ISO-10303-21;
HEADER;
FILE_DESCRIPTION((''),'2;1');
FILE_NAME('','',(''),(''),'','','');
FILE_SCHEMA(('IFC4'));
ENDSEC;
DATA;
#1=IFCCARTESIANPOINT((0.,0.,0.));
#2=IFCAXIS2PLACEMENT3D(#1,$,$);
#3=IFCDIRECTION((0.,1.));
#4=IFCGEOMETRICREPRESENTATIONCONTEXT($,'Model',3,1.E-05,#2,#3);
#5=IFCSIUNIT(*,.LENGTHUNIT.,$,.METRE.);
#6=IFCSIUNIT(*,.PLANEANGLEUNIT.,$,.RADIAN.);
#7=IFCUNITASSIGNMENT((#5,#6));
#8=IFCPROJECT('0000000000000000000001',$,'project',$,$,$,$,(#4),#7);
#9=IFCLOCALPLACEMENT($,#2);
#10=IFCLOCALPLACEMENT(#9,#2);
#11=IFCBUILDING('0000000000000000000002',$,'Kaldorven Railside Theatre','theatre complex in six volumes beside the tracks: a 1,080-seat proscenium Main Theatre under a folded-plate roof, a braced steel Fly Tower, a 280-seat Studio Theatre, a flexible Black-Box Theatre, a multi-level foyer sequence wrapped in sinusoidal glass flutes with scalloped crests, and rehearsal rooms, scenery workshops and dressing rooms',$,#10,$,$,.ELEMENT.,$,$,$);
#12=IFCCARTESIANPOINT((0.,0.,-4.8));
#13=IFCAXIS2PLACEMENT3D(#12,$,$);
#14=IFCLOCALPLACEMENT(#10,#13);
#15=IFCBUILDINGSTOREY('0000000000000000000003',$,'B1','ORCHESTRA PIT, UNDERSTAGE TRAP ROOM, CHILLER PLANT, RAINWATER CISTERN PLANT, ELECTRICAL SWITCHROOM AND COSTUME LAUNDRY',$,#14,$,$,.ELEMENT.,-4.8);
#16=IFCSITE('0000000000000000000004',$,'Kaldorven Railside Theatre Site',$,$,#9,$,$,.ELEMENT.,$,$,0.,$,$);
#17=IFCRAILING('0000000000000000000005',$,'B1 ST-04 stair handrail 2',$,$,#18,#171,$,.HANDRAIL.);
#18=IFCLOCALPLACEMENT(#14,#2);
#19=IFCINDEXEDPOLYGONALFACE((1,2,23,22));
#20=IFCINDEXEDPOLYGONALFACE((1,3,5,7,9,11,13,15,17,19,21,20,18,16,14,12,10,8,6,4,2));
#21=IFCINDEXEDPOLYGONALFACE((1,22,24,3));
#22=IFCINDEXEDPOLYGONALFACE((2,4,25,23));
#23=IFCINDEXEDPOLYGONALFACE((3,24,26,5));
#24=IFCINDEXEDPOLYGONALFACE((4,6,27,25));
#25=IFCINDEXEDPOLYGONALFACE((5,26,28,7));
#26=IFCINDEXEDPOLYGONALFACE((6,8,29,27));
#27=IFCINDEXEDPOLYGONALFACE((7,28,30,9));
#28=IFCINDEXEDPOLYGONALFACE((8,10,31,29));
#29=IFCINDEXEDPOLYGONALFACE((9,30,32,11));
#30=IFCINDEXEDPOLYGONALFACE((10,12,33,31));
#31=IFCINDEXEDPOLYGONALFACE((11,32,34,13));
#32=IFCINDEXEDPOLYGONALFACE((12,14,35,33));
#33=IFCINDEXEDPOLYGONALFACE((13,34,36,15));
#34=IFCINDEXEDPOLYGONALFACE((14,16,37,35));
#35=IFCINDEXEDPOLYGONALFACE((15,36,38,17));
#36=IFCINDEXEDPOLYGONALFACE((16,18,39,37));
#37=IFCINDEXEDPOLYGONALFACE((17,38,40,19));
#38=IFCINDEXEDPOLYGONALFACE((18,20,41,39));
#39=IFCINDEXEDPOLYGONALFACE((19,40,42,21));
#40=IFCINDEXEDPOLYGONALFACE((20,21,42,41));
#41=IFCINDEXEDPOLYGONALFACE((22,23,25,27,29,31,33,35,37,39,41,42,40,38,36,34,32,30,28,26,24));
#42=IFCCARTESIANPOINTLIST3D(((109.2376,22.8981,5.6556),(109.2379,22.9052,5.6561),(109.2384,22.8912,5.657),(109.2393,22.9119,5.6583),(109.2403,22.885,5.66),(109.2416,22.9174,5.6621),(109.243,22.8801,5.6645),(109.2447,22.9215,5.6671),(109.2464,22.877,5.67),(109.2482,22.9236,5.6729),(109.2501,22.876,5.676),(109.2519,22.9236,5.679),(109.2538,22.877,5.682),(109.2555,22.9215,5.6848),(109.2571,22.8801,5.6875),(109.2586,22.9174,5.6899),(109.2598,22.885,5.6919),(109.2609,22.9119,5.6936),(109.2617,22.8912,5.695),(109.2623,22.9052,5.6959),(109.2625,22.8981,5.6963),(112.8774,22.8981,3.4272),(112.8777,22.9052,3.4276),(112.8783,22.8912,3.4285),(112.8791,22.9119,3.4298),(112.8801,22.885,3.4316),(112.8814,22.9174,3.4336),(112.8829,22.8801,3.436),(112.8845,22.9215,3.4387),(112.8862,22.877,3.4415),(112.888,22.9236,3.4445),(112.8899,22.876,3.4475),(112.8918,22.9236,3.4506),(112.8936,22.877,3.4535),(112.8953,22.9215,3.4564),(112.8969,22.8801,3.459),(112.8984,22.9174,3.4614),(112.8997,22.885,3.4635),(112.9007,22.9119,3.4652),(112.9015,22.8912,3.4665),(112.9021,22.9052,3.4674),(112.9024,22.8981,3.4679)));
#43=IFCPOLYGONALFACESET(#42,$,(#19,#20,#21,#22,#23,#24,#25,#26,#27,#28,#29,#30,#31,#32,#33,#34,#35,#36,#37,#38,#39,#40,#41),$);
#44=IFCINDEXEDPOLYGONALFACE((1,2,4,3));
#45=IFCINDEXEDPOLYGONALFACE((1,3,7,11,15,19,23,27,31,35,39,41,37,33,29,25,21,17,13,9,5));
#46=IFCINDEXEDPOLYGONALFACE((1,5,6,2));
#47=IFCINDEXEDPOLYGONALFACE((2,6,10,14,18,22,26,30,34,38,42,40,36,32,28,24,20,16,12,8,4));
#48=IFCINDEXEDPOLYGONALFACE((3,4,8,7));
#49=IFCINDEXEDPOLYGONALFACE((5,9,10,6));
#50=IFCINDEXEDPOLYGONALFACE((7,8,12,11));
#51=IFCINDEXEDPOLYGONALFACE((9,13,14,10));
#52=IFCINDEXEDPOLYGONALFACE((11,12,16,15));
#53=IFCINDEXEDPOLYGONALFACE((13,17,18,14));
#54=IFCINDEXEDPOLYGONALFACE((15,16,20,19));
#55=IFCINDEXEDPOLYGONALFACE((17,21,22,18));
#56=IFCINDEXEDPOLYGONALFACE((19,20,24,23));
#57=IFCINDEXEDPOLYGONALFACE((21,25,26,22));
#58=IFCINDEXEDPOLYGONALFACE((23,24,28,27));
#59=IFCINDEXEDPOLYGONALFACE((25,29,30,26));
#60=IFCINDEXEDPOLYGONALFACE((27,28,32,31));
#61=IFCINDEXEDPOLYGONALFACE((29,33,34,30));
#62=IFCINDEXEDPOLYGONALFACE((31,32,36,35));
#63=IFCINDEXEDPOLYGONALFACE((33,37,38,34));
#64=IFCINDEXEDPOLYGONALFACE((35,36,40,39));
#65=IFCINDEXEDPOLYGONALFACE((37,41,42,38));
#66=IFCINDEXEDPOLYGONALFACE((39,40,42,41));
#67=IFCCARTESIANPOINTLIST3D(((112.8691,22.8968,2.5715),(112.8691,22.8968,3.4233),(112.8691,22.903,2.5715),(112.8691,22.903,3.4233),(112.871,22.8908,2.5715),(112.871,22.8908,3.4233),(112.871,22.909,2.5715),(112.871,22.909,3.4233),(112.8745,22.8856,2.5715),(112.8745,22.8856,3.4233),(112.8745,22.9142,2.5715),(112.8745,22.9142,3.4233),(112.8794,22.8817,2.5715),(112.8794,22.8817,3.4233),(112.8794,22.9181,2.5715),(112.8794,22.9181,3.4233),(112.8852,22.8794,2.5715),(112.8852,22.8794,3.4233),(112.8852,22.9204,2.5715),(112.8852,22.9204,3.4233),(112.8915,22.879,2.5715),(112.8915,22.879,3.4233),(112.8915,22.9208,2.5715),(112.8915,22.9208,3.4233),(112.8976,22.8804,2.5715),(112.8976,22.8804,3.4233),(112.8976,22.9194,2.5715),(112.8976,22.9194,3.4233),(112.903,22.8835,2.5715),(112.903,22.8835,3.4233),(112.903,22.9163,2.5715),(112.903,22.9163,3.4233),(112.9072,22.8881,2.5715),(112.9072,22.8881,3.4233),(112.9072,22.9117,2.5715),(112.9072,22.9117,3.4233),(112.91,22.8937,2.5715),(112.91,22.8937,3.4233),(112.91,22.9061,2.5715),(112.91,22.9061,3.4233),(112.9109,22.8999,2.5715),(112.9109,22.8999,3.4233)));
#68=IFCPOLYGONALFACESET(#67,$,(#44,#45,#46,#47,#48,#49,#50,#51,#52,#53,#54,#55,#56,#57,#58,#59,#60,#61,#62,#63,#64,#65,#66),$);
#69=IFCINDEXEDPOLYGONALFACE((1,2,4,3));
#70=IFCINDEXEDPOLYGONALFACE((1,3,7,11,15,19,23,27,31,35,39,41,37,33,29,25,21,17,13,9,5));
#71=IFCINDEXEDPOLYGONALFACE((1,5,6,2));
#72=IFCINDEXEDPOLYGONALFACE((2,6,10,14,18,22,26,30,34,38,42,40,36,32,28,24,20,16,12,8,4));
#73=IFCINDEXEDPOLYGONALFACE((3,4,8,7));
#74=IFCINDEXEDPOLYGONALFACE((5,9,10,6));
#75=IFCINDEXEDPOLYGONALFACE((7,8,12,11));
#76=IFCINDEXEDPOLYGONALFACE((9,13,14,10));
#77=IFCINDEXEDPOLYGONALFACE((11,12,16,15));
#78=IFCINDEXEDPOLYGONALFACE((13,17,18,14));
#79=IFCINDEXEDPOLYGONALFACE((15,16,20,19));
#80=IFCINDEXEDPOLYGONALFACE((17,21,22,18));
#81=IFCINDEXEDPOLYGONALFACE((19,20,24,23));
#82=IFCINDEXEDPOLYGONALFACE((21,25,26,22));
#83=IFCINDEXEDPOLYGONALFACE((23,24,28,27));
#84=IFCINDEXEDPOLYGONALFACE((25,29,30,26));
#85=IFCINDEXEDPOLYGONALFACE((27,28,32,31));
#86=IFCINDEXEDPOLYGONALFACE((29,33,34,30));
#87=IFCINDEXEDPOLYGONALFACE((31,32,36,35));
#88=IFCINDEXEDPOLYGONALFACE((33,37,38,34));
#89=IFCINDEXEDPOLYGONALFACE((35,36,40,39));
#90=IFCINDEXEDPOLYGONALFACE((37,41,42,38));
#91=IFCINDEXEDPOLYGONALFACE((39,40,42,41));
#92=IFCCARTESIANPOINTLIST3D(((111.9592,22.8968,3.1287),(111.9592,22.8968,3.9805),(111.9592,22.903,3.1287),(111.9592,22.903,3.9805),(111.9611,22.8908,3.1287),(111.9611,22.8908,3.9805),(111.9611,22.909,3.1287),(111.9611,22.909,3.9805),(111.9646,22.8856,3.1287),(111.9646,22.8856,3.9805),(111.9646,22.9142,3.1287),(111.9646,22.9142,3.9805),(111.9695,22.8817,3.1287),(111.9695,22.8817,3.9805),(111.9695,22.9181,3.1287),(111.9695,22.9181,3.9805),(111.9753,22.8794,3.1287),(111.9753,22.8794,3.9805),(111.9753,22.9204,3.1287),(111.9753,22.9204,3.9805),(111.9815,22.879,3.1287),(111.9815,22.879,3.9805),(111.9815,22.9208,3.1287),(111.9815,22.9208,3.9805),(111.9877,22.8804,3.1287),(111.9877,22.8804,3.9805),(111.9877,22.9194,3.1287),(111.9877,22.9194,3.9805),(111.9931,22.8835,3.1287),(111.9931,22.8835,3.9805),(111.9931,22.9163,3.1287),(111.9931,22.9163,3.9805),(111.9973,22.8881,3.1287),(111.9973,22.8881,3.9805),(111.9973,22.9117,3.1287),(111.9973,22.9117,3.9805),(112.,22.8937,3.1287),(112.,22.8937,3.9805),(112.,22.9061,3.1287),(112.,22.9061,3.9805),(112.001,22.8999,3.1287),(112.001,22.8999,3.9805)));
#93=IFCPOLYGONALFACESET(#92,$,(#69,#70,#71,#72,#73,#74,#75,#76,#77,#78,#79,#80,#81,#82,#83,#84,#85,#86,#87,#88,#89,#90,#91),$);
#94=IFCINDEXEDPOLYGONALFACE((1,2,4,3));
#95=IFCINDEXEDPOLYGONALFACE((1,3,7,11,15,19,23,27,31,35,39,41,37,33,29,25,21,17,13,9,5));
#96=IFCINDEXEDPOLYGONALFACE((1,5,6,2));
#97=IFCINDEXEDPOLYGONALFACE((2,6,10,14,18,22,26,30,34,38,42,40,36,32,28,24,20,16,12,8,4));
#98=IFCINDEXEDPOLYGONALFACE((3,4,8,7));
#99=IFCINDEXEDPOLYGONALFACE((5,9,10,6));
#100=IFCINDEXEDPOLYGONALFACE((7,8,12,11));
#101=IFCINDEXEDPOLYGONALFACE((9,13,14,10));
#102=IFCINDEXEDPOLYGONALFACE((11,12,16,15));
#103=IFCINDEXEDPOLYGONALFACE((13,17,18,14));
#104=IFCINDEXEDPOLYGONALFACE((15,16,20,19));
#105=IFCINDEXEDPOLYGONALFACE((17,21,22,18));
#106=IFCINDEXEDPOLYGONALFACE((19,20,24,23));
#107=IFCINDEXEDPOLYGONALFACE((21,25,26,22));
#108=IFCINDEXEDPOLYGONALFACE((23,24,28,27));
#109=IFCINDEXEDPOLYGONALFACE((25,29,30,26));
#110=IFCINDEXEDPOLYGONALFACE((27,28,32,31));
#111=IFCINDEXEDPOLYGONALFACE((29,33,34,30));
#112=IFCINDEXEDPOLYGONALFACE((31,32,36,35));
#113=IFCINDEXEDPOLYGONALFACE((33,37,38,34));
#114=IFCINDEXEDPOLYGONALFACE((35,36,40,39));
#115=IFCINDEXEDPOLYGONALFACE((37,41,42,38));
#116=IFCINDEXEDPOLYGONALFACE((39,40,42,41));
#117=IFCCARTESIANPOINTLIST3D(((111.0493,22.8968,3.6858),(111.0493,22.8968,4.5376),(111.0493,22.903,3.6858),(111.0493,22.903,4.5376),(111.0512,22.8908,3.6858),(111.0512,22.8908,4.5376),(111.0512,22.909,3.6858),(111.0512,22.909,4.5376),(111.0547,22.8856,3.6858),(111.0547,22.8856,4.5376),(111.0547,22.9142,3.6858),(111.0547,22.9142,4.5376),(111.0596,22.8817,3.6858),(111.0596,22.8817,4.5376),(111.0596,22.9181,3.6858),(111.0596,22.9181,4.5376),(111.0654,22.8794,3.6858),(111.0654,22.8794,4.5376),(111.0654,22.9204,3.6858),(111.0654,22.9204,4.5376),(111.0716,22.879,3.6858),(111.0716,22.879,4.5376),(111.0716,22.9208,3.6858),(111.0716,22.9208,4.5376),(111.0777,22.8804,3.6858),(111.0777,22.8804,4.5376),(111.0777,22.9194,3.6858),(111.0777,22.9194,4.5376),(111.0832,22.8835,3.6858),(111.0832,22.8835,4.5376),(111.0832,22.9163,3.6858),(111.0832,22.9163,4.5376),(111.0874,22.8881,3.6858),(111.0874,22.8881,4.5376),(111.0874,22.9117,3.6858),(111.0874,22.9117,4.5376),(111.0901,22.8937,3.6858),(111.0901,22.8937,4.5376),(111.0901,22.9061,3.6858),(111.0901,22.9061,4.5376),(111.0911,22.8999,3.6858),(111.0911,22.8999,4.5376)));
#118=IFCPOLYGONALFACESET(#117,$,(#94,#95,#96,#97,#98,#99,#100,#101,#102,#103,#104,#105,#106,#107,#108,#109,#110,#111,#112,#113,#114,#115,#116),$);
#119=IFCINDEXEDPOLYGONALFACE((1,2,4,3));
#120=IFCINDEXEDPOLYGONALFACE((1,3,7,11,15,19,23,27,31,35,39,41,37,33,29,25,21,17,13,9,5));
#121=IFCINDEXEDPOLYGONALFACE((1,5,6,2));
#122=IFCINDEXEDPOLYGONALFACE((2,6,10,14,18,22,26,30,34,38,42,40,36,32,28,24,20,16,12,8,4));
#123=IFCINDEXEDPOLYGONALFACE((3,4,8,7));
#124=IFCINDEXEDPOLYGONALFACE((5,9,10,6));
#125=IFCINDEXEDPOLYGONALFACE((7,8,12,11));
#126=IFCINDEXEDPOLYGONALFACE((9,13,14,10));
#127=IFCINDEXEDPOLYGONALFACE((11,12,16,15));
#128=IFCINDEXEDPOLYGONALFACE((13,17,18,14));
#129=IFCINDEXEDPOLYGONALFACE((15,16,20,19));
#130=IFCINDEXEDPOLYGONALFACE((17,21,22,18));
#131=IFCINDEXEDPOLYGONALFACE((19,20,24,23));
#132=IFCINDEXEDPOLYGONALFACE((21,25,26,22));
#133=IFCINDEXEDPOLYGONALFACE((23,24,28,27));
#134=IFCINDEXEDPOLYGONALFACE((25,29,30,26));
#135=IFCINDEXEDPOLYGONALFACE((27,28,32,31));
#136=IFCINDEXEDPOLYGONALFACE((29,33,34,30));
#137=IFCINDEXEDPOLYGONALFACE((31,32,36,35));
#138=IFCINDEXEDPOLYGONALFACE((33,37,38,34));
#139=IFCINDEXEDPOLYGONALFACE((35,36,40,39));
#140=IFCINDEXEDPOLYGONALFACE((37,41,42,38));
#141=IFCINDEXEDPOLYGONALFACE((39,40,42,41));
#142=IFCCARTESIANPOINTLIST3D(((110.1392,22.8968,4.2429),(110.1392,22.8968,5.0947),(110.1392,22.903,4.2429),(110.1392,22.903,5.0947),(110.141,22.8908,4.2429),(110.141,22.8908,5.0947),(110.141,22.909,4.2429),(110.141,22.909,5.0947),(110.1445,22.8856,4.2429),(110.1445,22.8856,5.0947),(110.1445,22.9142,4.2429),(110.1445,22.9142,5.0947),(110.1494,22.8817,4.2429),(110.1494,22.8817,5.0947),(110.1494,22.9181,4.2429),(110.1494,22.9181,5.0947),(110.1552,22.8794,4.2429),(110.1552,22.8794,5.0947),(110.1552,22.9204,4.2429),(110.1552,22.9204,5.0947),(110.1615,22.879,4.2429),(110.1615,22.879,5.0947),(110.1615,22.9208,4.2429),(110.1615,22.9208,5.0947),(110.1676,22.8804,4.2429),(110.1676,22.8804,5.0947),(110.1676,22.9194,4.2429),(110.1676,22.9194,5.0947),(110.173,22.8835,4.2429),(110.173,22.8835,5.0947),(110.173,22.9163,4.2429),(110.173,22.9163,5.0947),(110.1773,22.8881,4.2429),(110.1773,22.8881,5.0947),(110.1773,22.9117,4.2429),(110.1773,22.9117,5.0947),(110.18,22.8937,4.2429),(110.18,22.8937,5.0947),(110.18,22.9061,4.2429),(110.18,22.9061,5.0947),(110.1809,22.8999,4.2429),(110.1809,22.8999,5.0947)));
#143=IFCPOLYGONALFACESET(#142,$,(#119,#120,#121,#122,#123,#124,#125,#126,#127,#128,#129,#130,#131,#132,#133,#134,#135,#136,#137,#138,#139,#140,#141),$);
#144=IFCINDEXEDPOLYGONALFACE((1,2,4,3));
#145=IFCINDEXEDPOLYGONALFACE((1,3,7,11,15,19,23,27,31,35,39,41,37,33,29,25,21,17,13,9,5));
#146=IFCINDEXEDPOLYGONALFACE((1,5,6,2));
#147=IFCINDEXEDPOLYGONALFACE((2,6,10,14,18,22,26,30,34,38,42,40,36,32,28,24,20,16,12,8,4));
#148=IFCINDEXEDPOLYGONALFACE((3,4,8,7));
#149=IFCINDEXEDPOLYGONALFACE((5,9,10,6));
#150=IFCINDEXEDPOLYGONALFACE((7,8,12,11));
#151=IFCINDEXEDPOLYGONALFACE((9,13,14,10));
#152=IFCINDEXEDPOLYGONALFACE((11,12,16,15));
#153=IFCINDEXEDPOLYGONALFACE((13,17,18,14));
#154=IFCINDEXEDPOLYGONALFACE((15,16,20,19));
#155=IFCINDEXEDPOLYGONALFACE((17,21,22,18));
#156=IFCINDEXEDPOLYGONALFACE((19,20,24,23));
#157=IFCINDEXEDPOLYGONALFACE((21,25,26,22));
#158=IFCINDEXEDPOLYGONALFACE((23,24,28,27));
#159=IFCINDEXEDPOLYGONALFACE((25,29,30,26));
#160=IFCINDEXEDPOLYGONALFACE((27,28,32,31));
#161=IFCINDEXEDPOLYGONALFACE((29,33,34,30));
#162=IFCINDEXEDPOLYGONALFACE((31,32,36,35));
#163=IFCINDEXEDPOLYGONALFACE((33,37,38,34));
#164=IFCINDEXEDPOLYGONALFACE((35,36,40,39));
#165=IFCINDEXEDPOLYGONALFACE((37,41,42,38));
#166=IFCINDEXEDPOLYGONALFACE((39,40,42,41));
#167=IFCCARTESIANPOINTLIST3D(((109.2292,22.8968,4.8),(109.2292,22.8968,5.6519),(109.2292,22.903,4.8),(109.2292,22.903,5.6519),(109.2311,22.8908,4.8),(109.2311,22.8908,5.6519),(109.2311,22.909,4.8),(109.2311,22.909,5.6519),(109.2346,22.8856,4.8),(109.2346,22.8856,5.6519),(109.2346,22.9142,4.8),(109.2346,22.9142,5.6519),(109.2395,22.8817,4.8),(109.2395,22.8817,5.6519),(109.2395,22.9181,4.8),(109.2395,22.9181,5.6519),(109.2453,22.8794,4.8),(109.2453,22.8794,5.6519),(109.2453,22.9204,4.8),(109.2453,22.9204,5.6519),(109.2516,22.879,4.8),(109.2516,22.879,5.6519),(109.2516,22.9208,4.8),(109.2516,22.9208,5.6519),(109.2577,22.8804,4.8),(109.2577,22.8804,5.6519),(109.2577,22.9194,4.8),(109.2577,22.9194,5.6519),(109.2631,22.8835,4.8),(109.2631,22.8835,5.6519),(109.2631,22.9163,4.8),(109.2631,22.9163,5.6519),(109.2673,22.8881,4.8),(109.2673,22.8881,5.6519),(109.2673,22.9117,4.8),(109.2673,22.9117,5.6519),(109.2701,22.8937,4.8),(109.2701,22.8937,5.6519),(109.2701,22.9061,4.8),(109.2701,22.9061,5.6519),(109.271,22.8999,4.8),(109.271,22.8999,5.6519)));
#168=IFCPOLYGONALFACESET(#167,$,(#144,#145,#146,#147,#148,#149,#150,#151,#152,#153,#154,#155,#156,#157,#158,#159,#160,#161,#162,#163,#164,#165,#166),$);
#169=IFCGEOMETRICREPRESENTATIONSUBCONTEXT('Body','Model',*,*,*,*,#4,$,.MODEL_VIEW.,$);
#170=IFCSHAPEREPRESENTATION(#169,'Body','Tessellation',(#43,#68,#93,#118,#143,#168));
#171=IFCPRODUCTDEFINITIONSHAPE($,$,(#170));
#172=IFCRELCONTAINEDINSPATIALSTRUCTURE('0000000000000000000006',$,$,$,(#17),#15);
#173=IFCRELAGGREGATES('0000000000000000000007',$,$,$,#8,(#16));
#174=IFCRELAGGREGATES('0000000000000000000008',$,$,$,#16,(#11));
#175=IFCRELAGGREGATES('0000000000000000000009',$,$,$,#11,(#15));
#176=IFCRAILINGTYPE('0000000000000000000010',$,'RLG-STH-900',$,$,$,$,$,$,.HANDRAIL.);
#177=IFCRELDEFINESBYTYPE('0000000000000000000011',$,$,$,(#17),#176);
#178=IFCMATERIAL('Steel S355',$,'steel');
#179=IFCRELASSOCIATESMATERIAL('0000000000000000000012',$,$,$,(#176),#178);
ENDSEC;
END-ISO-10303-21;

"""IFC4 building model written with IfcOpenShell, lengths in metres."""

from ifc_helpers import new_model, si_unit, direction, frame, origin, origin_2d, place, context, subcontext, project, spatial, circle, extrude, material, type_object, element, save


model = new_model("IFC4")

# Units and contexts
model_context = context("Model", 3, precision=1e-05, world=origin(), true_north=direction((0.0, 1.0)))
body_context = subcontext(model_context, "Body", "Model", "MODEL_VIEW")
ifc_project = project(units=[si_unit("LENGTHUNIT", "METRE"), si_unit("PLANEANGLEUNIT", "RADIAN")], contexts=[model_context])

# Site, building, storey
site_placement = place(None, origin())
site = spatial("IfcSite", under=ifc_project, at=site_placement, Name="Kaldorven Railside Theatre Site", CompositionType="ELEMENT", RefElevation=0.0)
building_placement = place(site_placement, origin())
building = spatial("IfcBuilding", under=site, at=building_placement, Name="Kaldorven Railside Theatre", Description="theatre complex in six volumes beside the tracks: a 1,080-seat proscenium Main Theatre under a folded-plate roof, a braced steel Fly Tower, a 280-seat Studio Theatre, a flexible Black-Box Theatre, a multi-level foyer sequence wrapped in sinusoidal glass flutes with scalloped crests, and rehearsal rooms, scenery workshops and dressing rooms", CompositionType="ELEMENT")
storey_placement = place(building_placement, frame((0.0, 0.0, -4.8)))
storey = spatial("IfcBuildingStorey", under=building, at=storey_placement, Name="B1", Description="ORCHESTRA PIT, UNDERSTAGE TRAP ROOM, CHILLER PLANT, RAINWATER CISTERN PLANT, ELECTRICAL SWITCHROOM AND COSTUME LAUNDRY", CompositionType="ELEMENT", Elevation=-4.8)

# Railing
ifc_material_1 = material(Name="Steel S355", Category="steel")
railing_type_1 = type_object("IfcRailingType", Name="RLG-STH-900", PredefinedType="HANDRAIL", material=ifc_material_1)
railing_1_placement = place(storey_placement, frame((112.8899, 22.8999, 2.5715)))
element("IfcRailing", 1, at=railing_1_placement, inside=storey, type_object=railing_type_1, Name="B1 ST-04 stair handrail 2", PredefinedType="HANDRAIL", context=body_context, shape_type="SweptSolid", body=[
    extrude(circle(Radius=0.0239, at=origin_2d()), frame((0.0, 0.0, 0.876), z_axis=(-0.85285, 0.0, 0.522156), x_axis=(0.0, -1.0, 0.0)), (0.0, 0.0, 1.0), 4.2678),
    extrude(circle(Radius=0.021, at=origin_2d()), origin(), (0.0, 0.0, 1.0), 0.8518),
    extrude(circle(Radius=0.021, at=origin_2d()), frame((-0.9099, 0.0, 0.5571)), (0.0, 0.0, 1.0), 0.8518),
    extrude(circle(Radius=0.021, at=origin_2d()), frame((-1.8198, 0.0, 1.1143)), (0.0, 0.0, 1.0), 0.8518),
    extrude(circle(Radius=0.021, at=origin_2d()), frame((-2.73, 0.0, 1.6714)), (0.0, 0.0, 1.0), 0.8518),
    extrude(circle(Radius=0.021, at=origin_2d()), frame((-3.6399, 0.0, 2.2285)), (0.0, 0.0, 1.0), 0.8518),
])

save(model, "model.ifc")
